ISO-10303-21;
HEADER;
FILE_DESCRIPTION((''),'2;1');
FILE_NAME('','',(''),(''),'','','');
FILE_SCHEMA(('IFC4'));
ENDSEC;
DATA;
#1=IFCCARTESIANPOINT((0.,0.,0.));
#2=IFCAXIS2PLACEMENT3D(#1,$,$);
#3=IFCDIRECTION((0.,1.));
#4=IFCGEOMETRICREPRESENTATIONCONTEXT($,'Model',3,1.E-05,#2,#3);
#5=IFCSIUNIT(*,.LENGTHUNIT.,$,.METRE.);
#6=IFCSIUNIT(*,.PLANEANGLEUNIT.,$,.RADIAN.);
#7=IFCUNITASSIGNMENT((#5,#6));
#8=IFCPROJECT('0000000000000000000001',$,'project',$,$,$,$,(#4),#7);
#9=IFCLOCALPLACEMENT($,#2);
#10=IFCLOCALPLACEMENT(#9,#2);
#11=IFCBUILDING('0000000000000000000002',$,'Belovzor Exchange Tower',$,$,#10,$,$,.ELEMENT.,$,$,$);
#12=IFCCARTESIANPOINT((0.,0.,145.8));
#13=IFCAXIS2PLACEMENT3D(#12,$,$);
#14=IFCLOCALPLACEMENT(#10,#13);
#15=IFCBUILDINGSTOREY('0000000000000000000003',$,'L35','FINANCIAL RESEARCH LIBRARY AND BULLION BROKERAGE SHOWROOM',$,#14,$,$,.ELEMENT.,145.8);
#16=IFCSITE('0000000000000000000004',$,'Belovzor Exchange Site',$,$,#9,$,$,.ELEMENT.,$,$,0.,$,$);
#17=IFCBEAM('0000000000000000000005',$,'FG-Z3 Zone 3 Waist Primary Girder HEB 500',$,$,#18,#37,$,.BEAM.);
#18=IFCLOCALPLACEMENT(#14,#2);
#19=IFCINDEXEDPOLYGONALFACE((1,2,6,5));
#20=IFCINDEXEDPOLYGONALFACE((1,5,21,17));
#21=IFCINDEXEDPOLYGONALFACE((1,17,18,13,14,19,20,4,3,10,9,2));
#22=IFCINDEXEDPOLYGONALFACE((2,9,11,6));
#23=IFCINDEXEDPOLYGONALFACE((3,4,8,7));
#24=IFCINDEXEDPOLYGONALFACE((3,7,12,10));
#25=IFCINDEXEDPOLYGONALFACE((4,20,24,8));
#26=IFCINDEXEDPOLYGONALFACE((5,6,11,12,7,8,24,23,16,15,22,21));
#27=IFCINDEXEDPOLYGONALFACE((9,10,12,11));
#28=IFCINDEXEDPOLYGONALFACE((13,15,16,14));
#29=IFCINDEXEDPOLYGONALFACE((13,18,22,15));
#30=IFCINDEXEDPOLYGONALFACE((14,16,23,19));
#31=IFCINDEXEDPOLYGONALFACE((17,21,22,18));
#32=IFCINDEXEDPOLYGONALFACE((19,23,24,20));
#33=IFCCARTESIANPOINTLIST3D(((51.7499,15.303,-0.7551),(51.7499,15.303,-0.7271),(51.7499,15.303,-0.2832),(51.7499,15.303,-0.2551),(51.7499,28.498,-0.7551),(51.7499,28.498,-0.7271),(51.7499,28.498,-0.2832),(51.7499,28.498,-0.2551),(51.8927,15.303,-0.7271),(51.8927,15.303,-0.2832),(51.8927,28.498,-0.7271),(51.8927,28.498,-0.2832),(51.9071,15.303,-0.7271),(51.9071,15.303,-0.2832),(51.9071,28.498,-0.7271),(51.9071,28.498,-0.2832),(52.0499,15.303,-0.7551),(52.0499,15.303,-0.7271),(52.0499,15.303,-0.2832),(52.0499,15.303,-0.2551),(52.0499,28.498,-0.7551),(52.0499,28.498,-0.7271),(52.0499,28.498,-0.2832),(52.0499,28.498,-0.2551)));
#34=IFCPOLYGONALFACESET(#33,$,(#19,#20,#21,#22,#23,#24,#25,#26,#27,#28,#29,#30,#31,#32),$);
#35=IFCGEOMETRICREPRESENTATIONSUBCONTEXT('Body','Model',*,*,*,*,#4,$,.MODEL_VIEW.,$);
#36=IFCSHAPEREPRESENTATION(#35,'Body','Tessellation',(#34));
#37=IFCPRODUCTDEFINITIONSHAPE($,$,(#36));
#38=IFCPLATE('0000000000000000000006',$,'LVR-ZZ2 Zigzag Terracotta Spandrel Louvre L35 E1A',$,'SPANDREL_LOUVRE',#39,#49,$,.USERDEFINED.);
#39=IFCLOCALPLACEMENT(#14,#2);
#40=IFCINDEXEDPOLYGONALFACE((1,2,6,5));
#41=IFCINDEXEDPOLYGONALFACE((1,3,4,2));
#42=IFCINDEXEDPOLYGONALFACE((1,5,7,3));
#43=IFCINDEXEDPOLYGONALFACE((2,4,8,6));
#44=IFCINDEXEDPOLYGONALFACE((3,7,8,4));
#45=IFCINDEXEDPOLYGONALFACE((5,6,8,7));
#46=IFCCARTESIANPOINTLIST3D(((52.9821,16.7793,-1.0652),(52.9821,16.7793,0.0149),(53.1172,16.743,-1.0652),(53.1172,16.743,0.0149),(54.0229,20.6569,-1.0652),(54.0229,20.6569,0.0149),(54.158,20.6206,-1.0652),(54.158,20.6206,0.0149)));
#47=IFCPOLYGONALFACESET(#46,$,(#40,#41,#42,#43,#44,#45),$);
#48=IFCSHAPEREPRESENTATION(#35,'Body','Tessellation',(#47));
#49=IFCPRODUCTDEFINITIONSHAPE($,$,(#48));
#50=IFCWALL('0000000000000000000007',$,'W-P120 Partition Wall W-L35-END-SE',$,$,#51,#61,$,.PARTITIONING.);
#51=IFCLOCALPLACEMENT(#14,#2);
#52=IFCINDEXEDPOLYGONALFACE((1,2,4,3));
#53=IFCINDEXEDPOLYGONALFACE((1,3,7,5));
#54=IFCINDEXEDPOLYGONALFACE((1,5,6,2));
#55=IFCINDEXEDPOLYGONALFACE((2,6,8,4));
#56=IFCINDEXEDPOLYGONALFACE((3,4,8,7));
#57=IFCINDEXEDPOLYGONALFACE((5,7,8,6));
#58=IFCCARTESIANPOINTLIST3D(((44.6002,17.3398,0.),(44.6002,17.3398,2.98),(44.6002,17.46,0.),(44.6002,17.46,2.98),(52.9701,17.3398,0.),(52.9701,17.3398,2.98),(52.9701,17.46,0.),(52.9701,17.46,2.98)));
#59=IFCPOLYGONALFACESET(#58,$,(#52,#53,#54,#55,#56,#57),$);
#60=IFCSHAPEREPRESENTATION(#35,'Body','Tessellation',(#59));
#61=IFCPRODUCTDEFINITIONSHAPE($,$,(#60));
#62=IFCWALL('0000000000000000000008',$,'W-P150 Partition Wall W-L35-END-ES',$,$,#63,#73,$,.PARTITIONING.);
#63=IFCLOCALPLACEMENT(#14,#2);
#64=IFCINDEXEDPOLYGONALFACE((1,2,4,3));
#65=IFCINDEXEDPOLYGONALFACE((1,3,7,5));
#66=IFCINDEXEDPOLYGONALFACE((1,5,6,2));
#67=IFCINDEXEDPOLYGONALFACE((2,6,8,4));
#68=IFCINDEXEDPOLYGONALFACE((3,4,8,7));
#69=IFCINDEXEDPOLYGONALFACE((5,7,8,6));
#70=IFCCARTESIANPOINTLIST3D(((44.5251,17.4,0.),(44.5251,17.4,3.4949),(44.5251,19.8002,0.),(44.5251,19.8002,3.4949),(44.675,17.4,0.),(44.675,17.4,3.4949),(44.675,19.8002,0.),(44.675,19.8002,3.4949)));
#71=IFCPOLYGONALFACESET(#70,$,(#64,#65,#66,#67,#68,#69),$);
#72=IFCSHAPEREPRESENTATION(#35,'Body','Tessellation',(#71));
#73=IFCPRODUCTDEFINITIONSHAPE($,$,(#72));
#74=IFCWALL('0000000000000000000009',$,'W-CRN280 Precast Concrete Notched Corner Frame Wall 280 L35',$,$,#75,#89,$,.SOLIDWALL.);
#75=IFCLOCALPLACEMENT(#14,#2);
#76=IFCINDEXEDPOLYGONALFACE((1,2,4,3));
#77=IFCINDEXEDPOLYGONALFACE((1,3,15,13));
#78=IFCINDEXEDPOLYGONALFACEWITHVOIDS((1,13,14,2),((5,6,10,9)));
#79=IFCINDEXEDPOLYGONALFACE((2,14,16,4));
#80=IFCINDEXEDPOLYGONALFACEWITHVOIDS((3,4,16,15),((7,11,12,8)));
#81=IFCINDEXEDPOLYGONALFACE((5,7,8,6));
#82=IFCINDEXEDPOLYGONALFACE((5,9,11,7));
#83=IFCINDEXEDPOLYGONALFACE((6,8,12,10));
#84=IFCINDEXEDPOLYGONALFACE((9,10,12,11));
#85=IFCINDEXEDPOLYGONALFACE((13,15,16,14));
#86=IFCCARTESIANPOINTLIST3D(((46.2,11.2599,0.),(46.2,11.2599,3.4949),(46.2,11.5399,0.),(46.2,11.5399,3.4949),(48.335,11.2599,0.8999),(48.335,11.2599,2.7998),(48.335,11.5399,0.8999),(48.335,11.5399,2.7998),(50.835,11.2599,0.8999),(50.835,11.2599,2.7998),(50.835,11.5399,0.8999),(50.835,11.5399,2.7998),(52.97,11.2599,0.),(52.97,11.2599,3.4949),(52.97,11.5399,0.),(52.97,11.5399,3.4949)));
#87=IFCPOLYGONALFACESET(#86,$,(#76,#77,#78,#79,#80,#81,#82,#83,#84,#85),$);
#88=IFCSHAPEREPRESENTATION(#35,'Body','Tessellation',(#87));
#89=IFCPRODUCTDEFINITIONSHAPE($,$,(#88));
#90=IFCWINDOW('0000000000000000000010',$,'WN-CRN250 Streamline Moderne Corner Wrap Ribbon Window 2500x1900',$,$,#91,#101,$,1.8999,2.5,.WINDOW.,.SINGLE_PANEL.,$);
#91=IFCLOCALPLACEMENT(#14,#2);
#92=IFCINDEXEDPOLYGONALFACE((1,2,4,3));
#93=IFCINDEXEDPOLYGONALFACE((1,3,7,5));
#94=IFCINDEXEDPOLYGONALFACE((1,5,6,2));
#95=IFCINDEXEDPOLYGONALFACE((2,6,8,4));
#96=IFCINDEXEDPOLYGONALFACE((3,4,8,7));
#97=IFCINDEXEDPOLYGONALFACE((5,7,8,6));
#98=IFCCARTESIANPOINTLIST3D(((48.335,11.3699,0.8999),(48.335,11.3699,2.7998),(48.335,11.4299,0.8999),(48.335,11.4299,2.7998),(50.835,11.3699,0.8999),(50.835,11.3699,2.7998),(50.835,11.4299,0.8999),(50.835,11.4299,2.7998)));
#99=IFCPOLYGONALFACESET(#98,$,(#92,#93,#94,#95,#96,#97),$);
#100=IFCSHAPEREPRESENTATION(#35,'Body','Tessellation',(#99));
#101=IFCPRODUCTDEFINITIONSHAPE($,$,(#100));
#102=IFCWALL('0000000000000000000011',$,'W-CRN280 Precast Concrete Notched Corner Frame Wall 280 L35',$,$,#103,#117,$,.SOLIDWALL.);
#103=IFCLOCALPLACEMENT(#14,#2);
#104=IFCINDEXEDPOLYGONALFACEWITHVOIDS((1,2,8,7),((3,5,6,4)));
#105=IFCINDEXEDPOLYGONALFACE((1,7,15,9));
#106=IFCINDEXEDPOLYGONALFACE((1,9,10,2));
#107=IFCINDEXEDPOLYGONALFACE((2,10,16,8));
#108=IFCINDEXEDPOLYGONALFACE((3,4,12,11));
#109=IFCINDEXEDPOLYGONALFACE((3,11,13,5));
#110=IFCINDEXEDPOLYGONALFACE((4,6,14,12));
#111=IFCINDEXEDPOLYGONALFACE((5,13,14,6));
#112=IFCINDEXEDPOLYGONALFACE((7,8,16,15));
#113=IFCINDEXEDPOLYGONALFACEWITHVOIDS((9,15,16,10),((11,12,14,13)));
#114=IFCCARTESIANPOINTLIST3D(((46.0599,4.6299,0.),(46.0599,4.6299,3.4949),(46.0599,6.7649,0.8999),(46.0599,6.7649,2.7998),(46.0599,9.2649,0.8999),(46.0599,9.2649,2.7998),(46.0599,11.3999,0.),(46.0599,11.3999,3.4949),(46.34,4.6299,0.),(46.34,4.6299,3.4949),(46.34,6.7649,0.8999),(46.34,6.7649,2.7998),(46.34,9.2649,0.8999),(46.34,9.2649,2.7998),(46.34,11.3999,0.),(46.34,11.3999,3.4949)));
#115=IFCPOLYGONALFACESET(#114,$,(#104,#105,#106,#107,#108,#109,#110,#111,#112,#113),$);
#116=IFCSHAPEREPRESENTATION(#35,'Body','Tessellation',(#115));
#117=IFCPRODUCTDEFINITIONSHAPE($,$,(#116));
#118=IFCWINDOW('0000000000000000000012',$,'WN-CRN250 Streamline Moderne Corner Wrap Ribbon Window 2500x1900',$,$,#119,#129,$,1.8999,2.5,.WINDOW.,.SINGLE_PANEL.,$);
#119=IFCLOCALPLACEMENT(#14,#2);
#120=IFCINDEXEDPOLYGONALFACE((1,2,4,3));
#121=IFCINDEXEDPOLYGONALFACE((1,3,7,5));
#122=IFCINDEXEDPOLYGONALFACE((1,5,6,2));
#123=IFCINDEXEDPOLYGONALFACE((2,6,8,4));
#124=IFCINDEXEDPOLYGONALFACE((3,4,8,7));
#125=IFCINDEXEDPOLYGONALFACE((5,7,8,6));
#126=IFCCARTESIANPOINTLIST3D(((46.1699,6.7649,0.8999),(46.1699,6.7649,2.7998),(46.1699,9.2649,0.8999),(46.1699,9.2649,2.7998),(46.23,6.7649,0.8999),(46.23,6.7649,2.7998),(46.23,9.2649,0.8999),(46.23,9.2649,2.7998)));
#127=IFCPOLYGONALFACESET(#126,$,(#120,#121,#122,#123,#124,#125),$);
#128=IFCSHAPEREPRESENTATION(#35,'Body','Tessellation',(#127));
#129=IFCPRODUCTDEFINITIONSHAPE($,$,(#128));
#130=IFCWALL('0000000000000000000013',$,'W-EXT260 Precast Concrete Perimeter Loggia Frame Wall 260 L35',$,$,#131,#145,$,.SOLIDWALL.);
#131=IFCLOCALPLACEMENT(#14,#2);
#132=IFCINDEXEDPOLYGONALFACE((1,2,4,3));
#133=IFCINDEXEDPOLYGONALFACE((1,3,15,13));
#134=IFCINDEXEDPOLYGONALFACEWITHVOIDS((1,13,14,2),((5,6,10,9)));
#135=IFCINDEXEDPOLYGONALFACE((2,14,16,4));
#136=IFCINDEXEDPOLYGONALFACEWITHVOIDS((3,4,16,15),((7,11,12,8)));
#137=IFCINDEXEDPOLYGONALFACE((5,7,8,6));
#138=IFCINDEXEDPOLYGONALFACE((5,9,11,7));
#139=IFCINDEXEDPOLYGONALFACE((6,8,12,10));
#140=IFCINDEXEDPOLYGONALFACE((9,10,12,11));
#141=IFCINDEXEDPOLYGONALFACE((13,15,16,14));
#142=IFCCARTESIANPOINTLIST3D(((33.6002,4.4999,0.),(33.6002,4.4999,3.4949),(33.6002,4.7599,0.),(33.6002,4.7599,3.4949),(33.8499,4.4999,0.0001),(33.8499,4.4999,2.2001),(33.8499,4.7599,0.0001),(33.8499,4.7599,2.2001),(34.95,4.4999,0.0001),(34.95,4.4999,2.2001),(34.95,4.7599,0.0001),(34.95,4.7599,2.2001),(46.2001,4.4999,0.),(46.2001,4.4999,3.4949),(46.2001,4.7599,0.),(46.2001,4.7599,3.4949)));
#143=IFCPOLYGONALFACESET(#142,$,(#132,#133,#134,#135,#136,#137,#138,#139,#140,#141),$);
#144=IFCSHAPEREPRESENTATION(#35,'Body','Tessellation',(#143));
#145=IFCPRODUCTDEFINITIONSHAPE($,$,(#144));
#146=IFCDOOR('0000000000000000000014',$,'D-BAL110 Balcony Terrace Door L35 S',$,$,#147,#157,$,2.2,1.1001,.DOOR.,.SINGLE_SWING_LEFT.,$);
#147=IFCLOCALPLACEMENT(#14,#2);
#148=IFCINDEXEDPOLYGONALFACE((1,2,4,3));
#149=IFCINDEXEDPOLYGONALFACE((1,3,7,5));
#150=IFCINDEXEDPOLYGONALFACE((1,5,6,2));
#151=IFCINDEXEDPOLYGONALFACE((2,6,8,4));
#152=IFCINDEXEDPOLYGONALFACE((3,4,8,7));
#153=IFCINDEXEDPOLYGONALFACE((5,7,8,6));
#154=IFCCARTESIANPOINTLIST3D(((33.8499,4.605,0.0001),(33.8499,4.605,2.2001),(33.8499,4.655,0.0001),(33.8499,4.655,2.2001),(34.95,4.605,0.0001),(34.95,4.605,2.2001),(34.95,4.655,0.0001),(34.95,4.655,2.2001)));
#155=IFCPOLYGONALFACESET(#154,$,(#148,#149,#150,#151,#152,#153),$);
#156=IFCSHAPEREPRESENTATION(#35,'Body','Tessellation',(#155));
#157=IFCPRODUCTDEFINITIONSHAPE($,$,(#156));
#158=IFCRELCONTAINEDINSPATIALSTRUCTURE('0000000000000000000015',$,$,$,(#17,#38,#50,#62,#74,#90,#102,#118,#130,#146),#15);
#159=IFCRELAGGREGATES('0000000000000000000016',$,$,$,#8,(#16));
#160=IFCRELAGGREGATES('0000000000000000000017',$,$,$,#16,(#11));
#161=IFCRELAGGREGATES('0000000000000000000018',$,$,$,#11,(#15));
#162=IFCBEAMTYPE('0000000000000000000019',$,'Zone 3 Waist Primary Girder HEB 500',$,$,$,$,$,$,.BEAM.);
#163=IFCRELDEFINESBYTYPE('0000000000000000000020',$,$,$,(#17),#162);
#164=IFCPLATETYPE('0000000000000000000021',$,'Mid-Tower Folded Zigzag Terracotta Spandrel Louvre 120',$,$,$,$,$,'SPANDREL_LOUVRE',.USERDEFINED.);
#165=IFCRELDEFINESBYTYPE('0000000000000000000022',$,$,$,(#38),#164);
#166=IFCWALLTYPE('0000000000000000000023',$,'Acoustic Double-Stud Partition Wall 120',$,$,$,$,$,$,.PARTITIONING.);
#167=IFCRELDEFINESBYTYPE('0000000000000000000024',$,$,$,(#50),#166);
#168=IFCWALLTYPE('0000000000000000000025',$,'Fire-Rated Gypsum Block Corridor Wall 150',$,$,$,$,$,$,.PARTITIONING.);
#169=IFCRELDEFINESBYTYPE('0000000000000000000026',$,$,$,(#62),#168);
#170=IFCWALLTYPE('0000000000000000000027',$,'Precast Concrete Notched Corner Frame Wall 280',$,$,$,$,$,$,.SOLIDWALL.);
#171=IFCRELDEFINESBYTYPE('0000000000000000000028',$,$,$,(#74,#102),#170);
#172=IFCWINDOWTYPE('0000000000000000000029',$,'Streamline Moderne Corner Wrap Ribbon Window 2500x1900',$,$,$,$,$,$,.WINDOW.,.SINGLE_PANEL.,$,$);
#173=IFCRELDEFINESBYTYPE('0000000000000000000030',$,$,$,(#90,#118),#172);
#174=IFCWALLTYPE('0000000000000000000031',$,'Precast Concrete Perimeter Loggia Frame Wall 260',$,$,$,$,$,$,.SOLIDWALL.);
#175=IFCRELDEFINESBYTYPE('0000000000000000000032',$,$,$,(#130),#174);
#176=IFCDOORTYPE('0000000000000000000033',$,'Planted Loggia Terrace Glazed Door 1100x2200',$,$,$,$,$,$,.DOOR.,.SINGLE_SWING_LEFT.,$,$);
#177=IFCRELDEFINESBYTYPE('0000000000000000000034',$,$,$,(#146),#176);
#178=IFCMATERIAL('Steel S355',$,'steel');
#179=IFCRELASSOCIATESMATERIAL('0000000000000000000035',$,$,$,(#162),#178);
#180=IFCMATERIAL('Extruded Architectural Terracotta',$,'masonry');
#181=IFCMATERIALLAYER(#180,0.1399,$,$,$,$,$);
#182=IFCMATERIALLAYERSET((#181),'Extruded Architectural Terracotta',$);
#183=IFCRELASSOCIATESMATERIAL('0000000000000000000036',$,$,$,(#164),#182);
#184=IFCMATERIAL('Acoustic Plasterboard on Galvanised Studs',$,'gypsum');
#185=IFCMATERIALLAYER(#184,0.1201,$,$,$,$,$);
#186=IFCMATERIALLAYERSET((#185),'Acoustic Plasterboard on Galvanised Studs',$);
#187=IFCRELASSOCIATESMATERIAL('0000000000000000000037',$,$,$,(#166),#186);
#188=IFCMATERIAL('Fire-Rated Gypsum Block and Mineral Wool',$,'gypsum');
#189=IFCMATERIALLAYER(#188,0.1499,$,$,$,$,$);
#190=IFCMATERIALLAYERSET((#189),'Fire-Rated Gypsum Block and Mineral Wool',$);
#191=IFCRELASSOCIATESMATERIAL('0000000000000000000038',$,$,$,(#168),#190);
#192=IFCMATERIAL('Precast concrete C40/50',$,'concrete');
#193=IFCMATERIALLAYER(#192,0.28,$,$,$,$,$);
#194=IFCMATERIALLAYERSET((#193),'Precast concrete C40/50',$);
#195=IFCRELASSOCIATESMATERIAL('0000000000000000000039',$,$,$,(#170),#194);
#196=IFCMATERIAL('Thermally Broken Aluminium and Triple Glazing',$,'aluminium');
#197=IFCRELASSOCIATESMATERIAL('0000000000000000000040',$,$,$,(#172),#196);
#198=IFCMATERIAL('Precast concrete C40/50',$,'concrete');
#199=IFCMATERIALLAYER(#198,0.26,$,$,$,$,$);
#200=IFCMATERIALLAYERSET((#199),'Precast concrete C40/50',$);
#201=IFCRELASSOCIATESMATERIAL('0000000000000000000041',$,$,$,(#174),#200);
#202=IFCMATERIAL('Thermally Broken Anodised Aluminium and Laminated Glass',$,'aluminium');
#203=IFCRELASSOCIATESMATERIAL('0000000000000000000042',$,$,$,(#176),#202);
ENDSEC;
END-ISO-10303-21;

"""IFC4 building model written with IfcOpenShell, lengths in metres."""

from ifc_helpers import new_model, si_unit, direction, frame, frame_2d, origin, origin_2d, place, context, subcontext, project, spatial, rectangle, i_section, extrude, material, layer, layer_set, material_profile, profile_set, type_object, element, fill, save


model = new_model("IFC4")

# Units and contexts
model_context = context("Model", 3, precision=1e-05, world=origin(), true_north=direction((0.0, 1.0)))
body_context = subcontext(model_context, "Body", "Model", "MODEL_VIEW")
ifc_project = project(units=[si_unit("LENGTHUNIT", "METRE"), si_unit("PLANEANGLEUNIT", "RADIAN")], contexts=[model_context])

# Site, building, storey
site_placement = place(None, origin())
site = spatial("IfcSite", under=ifc_project, at=site_placement, Name="Belovzor Exchange Site", CompositionType="ELEMENT", RefElevation=0.0)
building_placement = place(site_placement, origin())
building = spatial("IfcBuilding", under=site, at=building_placement, Name="Belovzor Exchange Tower", CompositionType="ELEMENT")
storey_placement = place(building_placement, frame((0.0, 0.0, 145.8)))
storey = spatial("IfcBuildingStorey", under=building, at=storey_placement, Name="L35", Description="FINANCIAL RESEARCH LIBRARY AND BULLION BROKERAGE SHOWROOM", CompositionType="ELEMENT", Elevation=145.8)

# Beam
ifc_material_1 = material(Name="Steel S355", Category="steel")
ifc_material_profile_1 = material_profile(ifc_material_1, i_section(OverallWidth=0.3, OverallDepth=0.5, WebThickness=0.0144, FlangeThickness=0.0281, at=origin_2d()))
ifc_profile_set_1 = profile_set([ifc_material_profile_1], Name="Steel S355")
beam_type_1 = type_object("IfcBeamType", Name="Zone 3 Waist Primary Girder HEB 500", PredefinedType="BEAM", material=ifc_profile_set_1)
beam_1_placement = place(storey_placement, frame((51.8999, 15.303, -0.5051), z_axis=(0.0, 1.0, 0.0), x_axis=(-1.0, 0.0, 0.0)))
element("IfcBeam", 1, at=beam_1_placement, inside=storey, type_object=beam_type_1, Name="FG-Z3 Zone 3 Waist Primary Girder HEB 500", PredefinedType="BEAM", context=body_context, shape_type="SweptSolid", body=[
    extrude(i_section(OverallWidth=0.3, OverallDepth=0.5, WebThickness=0.0144, FlangeThickness=0.0281, at=origin_2d()), origin(), (0.0, 0.0, 1.0), 13.1951),
])

# Plate
ifc_material_2 = material(Name="Extruded Architectural Terracotta", Category="masonry")
ifc_layer_1 = layer(ifc_material_2, 0.1399)
ifc_layer_set_1 = layer_set([ifc_layer_1], Name="Extruded Architectural Terracotta")
plate_type = type_object("IfcPlateType", Name="Mid-Tower Folded Zigzag Terracotta Spandrel Louvre 120", ElementType="SPANDREL_LOUVRE", PredefinedType="USERDEFINED", material=ifc_layer_set_1)
plate_placement = place(storey_placement, frame((53.5701, 18.7, -1.0652), z_axis=(0.0, 0.0, 1.0), x_axis=(0.25924, 0.965813, 0.0)))
element("IfcPlate", 2, at=plate_placement, inside=storey, type_object=plate_type, Name="LVR-ZZ2 Zigzag Terracotta Spandrel Louvre L35 E1A", ObjectType="SPANDREL_LOUVRE", PredefinedType="USERDEFINED", context=body_context, shape_type="SweptSolid", body=[
    extrude(rectangle(XDim=4.0149, YDim=0.1399, at=origin_2d()), origin(), (0.0, 0.0, 1.0), 1.0801),
])

# Walls
ifc_material_3 = material(Name="Acoustic Plasterboard on Galvanised Studs", Category="gypsum")
ifc_layer_2 = layer(ifc_material_3, 0.1201)
ifc_layer_set_2 = layer_set([ifc_layer_2], Name="Acoustic Plasterboard on Galvanised Studs")
wall_type_1 = type_object("IfcWallType", Name="Acoustic Double-Stud Partition Wall 120", PredefinedType="PARTITIONING", material=ifc_layer_set_2)
wall_1_placement = place(storey_placement, frame((44.6001, 17.3999, 0.0), z_axis=(0.0, 0.0, 1.0), x_axis=(1.0, 0.0, 0.0)))
element("IfcWall", 3, at=wall_1_placement, inside=storey, type_object=wall_type_1, Name="W-P120 Partition Wall W-L35-END-SE", PredefinedType="PARTITIONING", context=body_context, shape_type="SweptSolid", body=[
    extrude(rectangle(XDim=8.3699, YDim=0.1201, at=frame_2d((4.1851, 0.0))), origin(), (0.0, 0.0, 1.0), 2.98),
])
ifc_material_4 = material(Name="Fire-Rated Gypsum Block and Mineral Wool", Category="gypsum")
ifc_layer_3 = layer(ifc_material_4, 0.1499)
ifc_layer_set_3 = layer_set([ifc_layer_3], Name="Fire-Rated Gypsum Block and Mineral Wool")
wall_type_2 = type_object("IfcWallType", Name="Fire-Rated Gypsum Block Corridor Wall 150", PredefinedType="PARTITIONING", material=ifc_layer_set_3)
wall_2_placement = place(storey_placement, frame((44.6001, 17.3999, 0.0), z_axis=(0.0, 0.0, 1.0), x_axis=(0.0, 1.0, 0.0)))
element("IfcWall", 4, at=wall_2_placement, inside=storey, type_object=wall_type_2, Name="W-P150 Partition Wall W-L35-END-ES", PredefinedType="PARTITIONING", context=body_context, shape_type="SweptSolid", body=[
    extrude(rectangle(XDim=2.4001, YDim=0.1499, at=frame_2d((1.2002, 0.0))), origin(), (0.0, 0.0, 1.0), 3.4949),
])

# Walls, openings, windows
ifc_material_5 = material(Name="Precast concrete C40/50", Category="concrete")
ifc_layer_4 = layer(ifc_material_5, 0.28)
ifc_layer_set_4 = layer_set([ifc_layer_4], Name="Precast concrete C40/50")
wall_type_3 = type_object("IfcWallType", Name="Precast Concrete Notched Corner Frame Wall 280", PredefinedType="SOLIDWALL", material=ifc_layer_set_4)
wall_3_placement = place(storey_placement, frame((52.97, 11.3999, 0.0), z_axis=(0.0, 0.0, 1.0), x_axis=(-1.0, 0.0, 0.0)))
wall_3 = element("IfcWall", 5, at=wall_3_placement, inside=storey, type_object=wall_type_3, Name="W-CRN280 Precast Concrete Notched Corner Frame Wall 280 L35", PredefinedType="SOLIDWALL", context=body_context, shape_type="SweptSolid", body=[
    extrude(rectangle(XDim=6.77, YDim=0.28, at=frame_2d((3.385, 0.0))), origin(), (0.0, 0.0, 1.0), 3.4949),
])
opening_1_placement = place(wall_3_placement, frame((2.135, 0.0, 0.8999)))
opening_1 = element("IfcOpeningElement", 6, at=opening_1_placement, cuts=wall_3, PredefinedType="OPENING", context=body_context, shape_type="SweptSolid", body=[
    extrude(rectangle(XDim=2.5, YDim=1.8999, at=frame_2d((1.25, 0.95))), frame((0.0, 0.1499, 0.0), z_axis=(0.0, -1.0, 0.0), x_axis=(1.0, 0.0, 0.0)), (0.0, 0.0, 1.0), 0.3),
])
ifc_material_6 = material(Name="Thermally Broken Aluminium and Triple Glazing", Category="aluminium")
window_type = type_object("IfcWindowType", Name="Streamline Moderne Corner Wrap Ribbon Window 2500x1900", PartitioningType="SINGLE_PANEL", PredefinedType="WINDOW", material=ifc_material_6)
window_1_placement = place(opening_1_placement, origin())
window_1 = element("IfcWindow", 7, at=window_1_placement, inside=storey, type_object=window_type, Name="WN-CRN250 Streamline Moderne Corner Wrap Ribbon Window 2500x1900", OverallHeight=1.8999, OverallWidth=2.5, PartitioningType="SINGLE_PANEL", PredefinedType="WINDOW", context=body_context, shape_type="SweptSolid", body=[
    extrude(rectangle(XDim=2.5, YDim=1.8999, at=frame_2d((1.25, 0.95))), frame((0.0, 0.03, 0.0), z_axis=(0.0, -1.0, 0.0), x_axis=(1.0, 0.0, 0.0)), (0.0, 0.0, 1.0), 0.0601),
])
fill(opening_1, window_1)
wall_4_placement = place(storey_placement, frame((46.2, 11.3999, 0.0), z_axis=(0.0, 0.0, 1.0), x_axis=(0.0, -1.0, 0.0)))
wall_4 = element("IfcWall", 8, at=wall_4_placement, inside=storey, type_object=wall_type_3, Name="W-CRN280 Precast Concrete Notched Corner Frame Wall 280 L35", PredefinedType="SOLIDWALL", context=body_context, shape_type="SweptSolid", body=[
    extrude(rectangle(XDim=6.77, YDim=0.28, at=frame_2d((3.385, 0.0))), origin(), (0.0, 0.0, 1.0), 3.4949),
])
opening_2_placement = place(wall_4_placement, frame((2.135, 0.0, 0.8999)))
opening_2 = element("IfcOpeningElement", 9, at=opening_2_placement, cuts=wall_4, PredefinedType="OPENING", context=body_context, shape_type="SweptSolid", body=[
    extrude(rectangle(XDim=2.5, YDim=1.8999, at=frame_2d((1.25, 0.95))), frame((0.0, 0.1499, 0.0), z_axis=(0.0, -1.0, 0.0), x_axis=(1.0, 0.0, 0.0)), (0.0, 0.0, 1.0), 0.3),
])
window_2_placement = place(opening_2_placement, origin())
window_2 = element("IfcWindow", 10, at=window_2_placement, inside=storey, type_object=window_type, Name="WN-CRN250 Streamline Moderne Corner Wrap Ribbon Window 2500x1900", OverallHeight=1.8999, OverallWidth=2.5, PartitioningType="SINGLE_PANEL", PredefinedType="WINDOW", context=body_context, shape_type="SweptSolid", body=[
    extrude(rectangle(XDim=2.5, YDim=1.8999, at=frame_2d((1.25, 0.95))), frame((0.0, 0.03, 0.0), z_axis=(0.0, -1.0, 0.0), x_axis=(1.0, 0.0, 0.0)), (0.0, 0.0, 1.0), 0.0601),
])
fill(opening_2, window_2)

# Wall, opening, door
ifc_material_7 = material(Name="Precast concrete C40/50", Category="concrete")
ifc_layer_5 = layer(ifc_material_7, 0.26)
ifc_layer_set_5 = layer_set([ifc_layer_5], Name="Precast concrete C40/50")
wall_type_4 = type_object("IfcWallType", Name="Precast Concrete Perimeter Loggia Frame Wall 260", PredefinedType="SOLIDWALL", material=ifc_layer_set_5)
wall_5_placement = place(storey_placement, frame((46.2, 4.6299, 0.0), z_axis=(0.0, 0.0, 1.0), x_axis=(-1.0, 0.0, 0.0)))
wall_5 = element("IfcWall", 11, at=wall_5_placement, inside=storey, type_object=wall_type_4, Name="W-EXT260 Precast Concrete Perimeter Loggia Frame Wall 260 L35", PredefinedType="SOLIDWALL", context=body_context, shape_type="SweptSolid", body=[
    extrude(rectangle(XDim=12.5999, YDim=0.26, at=frame_2d((6.2998, 0.0))), origin(), (0.0, 0.0, 1.0), 3.4949),
])
opening_3_placement = place(wall_5_placement, frame((11.25, 0.0, 0.0)))
opening_3 = element("IfcOpeningElement", 12, at=opening_3_placement, cuts=wall_5, PredefinedType="OPENING", context=body_context, shape_type="SweptSolid", body=[
    extrude(rectangle(XDim=1.1001, YDim=2.2, at=frame_2d((0.55, 1.1001))), frame((0.0, 0.1399, 0.0), z_axis=(0.0, -1.0, 0.0), x_axis=(1.0, 0.0, 0.0)), (0.0, 0.0, 1.0), 0.28),
])
ifc_material_8 = material(Name="Thermally Broken Anodised Aluminium and Laminated Glass", Category="aluminium")
door_type = type_object("IfcDoorType", Name="Planted Loggia Terrace Glazed Door 1100x2200", OperationType="SINGLE_SWING_LEFT", PredefinedType="DOOR", material=ifc_material_8)
door_placement = place(opening_3_placement, origin())
door = element("IfcDoor", 13, at=door_placement, inside=storey, type_object=door_type, Name="D-BAL110 Balcony Terrace Door L35 S", OperationType="SINGLE_SWING_LEFT", OverallHeight=2.2, OverallWidth=1.1001, PredefinedType="DOOR", context=body_context, shape_type="SweptSolid", body=[
    extrude(rectangle(XDim=1.1001, YDim=2.2, at=frame_2d((0.55, 1.1001))), frame((0.0, 0.0249, 0.0), z_axis=(0.0, -1.0, 0.0), x_axis=(1.0, 0.0, 0.0)), (0.0, 0.0, 1.0), 0.05),
])
fill(opening_3, door)

save(model, "model.ifc")
